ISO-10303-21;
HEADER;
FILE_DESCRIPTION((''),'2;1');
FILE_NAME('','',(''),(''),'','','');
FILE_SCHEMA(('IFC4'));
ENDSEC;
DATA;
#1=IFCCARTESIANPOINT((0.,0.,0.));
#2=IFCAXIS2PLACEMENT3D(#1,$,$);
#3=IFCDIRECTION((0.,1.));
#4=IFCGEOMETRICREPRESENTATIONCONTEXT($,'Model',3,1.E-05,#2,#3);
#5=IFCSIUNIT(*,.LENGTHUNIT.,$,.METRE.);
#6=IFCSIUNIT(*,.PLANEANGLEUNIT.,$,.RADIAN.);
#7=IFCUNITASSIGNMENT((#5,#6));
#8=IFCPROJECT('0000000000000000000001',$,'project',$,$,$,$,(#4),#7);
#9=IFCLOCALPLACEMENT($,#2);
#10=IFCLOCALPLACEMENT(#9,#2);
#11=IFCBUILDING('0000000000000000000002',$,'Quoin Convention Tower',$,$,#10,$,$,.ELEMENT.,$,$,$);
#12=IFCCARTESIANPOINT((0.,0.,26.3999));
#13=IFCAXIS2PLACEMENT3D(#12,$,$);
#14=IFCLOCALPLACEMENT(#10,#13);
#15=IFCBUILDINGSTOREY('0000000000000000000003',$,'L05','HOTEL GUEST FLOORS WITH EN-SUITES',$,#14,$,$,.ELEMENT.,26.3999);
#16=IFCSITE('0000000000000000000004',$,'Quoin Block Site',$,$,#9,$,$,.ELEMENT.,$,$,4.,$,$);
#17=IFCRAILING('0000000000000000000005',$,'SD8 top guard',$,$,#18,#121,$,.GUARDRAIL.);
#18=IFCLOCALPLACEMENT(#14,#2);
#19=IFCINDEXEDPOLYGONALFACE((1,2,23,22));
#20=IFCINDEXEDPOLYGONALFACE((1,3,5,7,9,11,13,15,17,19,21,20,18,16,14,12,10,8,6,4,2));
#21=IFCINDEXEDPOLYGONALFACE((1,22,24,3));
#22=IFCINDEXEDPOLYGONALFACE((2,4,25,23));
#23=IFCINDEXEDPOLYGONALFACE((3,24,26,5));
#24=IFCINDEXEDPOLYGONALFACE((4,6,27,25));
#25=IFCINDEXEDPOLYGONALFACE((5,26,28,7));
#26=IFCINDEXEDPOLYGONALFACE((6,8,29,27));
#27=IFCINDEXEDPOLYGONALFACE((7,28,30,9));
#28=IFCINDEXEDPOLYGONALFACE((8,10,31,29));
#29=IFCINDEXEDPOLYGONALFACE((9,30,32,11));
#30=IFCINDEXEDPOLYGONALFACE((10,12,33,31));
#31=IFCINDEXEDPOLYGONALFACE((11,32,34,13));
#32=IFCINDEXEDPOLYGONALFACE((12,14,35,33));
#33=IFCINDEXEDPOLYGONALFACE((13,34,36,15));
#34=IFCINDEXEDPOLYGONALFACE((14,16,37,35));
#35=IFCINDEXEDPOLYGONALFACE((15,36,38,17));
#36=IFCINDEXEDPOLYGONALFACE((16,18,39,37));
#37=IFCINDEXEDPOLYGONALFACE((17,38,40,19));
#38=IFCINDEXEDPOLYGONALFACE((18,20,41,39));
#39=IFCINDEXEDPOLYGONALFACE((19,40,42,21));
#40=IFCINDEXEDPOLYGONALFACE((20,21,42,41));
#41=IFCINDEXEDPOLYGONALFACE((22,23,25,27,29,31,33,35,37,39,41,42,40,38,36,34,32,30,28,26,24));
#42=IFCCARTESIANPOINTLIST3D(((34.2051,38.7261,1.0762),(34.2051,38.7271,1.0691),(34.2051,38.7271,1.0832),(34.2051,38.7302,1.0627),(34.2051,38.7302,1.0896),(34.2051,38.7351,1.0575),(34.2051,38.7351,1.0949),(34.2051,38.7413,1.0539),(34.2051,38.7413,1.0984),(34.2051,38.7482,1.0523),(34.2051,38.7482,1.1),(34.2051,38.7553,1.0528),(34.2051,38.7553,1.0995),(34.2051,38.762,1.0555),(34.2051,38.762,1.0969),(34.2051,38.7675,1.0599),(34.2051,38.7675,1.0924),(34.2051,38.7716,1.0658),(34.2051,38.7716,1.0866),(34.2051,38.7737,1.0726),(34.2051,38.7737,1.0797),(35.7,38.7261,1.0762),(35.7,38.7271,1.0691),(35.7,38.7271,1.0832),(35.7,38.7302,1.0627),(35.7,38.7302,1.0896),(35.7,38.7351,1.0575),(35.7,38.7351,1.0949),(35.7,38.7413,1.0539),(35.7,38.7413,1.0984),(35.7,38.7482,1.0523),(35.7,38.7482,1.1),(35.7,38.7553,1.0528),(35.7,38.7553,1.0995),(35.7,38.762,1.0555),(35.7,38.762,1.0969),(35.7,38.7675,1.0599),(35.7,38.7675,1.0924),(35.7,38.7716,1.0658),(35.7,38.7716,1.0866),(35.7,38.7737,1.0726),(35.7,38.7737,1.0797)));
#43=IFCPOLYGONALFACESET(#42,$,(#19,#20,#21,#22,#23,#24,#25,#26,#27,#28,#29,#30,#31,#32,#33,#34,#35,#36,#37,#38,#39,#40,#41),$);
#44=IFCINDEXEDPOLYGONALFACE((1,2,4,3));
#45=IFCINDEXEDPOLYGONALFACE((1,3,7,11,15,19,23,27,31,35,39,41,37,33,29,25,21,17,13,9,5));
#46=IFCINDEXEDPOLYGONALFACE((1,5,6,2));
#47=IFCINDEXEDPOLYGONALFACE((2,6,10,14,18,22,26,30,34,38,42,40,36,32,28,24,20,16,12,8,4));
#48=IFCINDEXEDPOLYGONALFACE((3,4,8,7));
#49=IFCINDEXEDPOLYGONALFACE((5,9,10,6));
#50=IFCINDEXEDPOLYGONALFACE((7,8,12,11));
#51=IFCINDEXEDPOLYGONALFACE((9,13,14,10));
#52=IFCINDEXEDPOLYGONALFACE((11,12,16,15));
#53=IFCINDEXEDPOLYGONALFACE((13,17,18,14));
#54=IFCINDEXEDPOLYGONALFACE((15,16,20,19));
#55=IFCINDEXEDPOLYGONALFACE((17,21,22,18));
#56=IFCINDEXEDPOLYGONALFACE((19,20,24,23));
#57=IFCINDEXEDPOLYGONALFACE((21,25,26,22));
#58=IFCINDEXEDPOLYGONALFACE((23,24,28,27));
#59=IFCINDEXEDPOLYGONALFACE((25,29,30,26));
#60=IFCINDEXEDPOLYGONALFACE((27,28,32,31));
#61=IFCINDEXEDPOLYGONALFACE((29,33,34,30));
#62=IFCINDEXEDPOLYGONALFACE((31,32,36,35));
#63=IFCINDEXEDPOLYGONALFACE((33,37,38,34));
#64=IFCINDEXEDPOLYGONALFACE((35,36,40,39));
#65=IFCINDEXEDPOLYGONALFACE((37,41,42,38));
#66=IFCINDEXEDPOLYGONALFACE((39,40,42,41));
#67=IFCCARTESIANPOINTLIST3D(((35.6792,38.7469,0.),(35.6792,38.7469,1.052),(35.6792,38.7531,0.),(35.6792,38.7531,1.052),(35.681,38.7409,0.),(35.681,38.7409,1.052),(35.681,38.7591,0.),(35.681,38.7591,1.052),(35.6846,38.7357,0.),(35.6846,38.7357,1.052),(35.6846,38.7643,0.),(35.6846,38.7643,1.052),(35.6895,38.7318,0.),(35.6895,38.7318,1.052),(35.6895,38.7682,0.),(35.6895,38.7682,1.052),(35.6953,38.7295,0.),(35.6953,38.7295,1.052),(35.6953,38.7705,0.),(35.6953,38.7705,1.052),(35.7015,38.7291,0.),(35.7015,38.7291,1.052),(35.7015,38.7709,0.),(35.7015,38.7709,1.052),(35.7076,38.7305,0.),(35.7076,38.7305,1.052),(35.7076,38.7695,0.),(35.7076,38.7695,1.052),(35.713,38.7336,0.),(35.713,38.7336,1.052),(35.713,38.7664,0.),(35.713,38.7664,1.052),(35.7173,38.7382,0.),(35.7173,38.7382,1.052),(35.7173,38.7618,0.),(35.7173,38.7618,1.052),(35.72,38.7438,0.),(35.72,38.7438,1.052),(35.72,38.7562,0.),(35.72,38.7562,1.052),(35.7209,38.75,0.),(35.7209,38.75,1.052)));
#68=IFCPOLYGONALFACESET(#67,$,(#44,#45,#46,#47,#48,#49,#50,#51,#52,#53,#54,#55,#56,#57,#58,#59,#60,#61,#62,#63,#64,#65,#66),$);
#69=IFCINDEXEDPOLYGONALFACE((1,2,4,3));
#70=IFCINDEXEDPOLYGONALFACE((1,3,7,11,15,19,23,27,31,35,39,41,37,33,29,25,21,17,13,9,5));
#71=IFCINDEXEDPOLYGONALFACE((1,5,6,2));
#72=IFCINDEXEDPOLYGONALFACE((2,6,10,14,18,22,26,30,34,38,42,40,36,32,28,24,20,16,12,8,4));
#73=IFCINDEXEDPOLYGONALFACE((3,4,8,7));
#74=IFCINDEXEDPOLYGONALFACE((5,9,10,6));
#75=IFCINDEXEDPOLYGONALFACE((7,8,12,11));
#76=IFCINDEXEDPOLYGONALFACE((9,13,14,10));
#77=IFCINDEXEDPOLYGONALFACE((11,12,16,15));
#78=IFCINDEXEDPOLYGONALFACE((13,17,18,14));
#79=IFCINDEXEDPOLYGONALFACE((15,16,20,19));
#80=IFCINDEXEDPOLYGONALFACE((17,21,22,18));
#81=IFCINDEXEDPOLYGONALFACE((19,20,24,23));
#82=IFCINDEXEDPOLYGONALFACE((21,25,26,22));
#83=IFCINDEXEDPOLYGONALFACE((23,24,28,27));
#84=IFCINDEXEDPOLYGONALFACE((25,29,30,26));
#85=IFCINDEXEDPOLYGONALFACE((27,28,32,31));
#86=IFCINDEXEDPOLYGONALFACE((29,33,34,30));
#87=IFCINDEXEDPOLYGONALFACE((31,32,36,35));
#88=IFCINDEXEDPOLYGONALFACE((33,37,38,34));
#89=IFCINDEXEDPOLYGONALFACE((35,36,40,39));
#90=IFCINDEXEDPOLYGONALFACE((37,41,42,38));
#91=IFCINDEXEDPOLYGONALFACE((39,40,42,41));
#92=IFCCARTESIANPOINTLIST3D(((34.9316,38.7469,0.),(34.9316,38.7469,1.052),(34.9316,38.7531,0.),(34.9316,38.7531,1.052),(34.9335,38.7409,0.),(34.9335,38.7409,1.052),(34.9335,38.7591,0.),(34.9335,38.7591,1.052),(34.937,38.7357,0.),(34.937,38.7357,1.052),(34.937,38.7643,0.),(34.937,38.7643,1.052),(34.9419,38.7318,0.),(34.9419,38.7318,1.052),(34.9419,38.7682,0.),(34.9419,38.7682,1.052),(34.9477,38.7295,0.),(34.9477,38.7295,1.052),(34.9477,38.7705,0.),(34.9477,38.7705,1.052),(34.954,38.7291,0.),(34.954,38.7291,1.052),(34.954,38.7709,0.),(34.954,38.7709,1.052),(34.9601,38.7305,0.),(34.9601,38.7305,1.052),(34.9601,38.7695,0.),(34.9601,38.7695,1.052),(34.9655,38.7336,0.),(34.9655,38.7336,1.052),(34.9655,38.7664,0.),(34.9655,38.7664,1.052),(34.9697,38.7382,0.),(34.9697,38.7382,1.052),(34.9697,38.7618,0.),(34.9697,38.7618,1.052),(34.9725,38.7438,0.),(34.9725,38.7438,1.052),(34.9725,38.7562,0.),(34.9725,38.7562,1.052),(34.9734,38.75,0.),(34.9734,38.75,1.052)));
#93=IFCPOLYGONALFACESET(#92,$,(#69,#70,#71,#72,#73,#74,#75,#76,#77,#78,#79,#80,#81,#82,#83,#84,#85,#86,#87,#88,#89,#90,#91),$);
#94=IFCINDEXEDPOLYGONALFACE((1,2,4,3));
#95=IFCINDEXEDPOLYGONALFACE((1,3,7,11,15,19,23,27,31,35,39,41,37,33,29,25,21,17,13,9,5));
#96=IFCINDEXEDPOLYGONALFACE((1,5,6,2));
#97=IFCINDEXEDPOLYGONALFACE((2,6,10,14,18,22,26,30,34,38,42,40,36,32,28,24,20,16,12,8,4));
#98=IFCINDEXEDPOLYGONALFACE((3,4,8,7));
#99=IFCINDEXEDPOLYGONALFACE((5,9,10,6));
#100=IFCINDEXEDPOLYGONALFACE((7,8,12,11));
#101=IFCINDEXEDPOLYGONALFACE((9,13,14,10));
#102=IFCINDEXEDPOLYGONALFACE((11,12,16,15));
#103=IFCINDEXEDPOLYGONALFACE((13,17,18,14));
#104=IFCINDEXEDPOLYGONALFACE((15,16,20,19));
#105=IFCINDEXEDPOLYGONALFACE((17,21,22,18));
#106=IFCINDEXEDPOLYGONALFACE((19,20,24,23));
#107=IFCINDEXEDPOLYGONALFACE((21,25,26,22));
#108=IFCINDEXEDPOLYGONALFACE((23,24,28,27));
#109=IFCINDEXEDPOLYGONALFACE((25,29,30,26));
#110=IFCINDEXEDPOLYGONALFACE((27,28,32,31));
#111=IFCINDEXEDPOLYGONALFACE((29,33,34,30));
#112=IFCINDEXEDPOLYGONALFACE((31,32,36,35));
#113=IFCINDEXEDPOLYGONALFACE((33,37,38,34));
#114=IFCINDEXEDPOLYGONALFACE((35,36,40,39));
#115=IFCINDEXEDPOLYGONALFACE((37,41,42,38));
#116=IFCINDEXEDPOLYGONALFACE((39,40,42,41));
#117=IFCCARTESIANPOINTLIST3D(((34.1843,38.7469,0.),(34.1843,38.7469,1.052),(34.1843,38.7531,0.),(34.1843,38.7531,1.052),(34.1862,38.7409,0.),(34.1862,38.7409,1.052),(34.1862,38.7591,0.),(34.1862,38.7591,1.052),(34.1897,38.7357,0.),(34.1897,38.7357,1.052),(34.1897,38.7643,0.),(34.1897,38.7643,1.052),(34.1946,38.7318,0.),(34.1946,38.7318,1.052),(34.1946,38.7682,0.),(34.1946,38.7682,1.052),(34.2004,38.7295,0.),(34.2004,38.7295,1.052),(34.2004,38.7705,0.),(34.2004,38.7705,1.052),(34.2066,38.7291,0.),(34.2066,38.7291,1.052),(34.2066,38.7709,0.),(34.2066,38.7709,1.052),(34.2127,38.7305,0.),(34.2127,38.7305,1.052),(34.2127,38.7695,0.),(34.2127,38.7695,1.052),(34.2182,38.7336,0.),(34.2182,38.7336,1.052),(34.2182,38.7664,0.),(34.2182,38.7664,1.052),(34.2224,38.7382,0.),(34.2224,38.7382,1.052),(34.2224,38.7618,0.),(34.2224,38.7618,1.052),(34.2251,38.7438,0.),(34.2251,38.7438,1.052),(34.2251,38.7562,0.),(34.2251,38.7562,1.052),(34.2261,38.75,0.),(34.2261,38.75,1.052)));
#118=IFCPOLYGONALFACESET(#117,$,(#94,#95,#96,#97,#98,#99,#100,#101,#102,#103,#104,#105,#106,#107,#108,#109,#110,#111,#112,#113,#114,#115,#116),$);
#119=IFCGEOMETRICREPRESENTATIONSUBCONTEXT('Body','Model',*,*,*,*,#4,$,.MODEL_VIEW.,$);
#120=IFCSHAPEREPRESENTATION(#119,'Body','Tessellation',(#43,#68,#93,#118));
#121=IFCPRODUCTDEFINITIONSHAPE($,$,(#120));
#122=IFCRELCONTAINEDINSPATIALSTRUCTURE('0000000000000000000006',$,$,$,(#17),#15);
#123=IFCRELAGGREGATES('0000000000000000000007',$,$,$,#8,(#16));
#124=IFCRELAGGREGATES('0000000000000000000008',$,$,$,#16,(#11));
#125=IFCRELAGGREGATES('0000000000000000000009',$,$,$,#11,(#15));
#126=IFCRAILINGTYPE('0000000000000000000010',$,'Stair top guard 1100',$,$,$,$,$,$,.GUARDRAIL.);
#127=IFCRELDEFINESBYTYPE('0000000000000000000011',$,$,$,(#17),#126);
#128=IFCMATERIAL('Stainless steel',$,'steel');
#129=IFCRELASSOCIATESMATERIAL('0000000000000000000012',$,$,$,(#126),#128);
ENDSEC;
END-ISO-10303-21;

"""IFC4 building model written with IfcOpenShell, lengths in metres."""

from ifc_helpers import new_model, si_unit, direction, frame, origin, origin_2d, place, context, subcontext, project, spatial, circle, extrude, material, type_object, element, save


model = new_model("IFC4")

# Units and contexts
model_context = context("Model", 3, precision=1e-05, world=origin(), true_north=direction((0.0, 1.0)))
body_context = subcontext(model_context, "Body", "Model", "MODEL_VIEW")
ifc_project = project(units=[si_unit("LENGTHUNIT", "METRE"), si_unit("PLANEANGLEUNIT", "RADIAN")], contexts=[model_context])

# Site, building, storey
site_placement = place(None, origin())
site = spatial("IfcSite", under=ifc_project, at=site_placement, Name="Quoin Block Site", CompositionType="ELEMENT", RefElevation=4.0)
building_placement = place(site_placement, origin())
building = spatial("IfcBuilding", under=site, at=building_placement, Name="Quoin Convention Tower", CompositionType="ELEMENT")
storey_placement = place(building_placement, frame((0.0, 0.0, 26.3999)))
storey = spatial("IfcBuildingStorey", under=building, at=storey_placement, Name="L05", Description="HOTEL GUEST FLOORS WITH EN-SUITES", CompositionType="ELEMENT", Elevation=26.3999)

# Railing
ifc_material_1 = material(Name="Stainless steel", Category="steel")
railing_type_1 = type_object("IfcRailingType", Name="Stair top guard 1100", PredefinedType="GUARDRAIL", material=ifc_material_1)
railing_1_placement = place(storey_placement, frame((35.7, 38.75, 0.0)))
element("IfcRailing", 1, at=railing_1_placement, inside=storey, type_object=railing_type_1, Name="SD8 top guard", PredefinedType="GUARDRAIL", context=body_context, shape_type="SweptSolid", body=[
    extrude(circle(Radius=0.0239, at=origin_2d()), frame((0.0, 0.0, 1.0762), z_axis=(-1.0, 0.0, 0.0), x_axis=(0.0, -1.0, 0.0)), (0.0, 0.0, 1.0), 1.4949),
    extrude(circle(Radius=0.021, at=origin_2d()), origin(), (0.0, 0.0, 1.0), 1.052),
    extrude(circle(Radius=0.021, at=origin_2d()), frame((-0.7476, 0.0, 0.0)), (0.0, 0.0, 1.0), 1.052),
    extrude(circle(Radius=0.021, at=origin_2d()), frame((-1.4949, 0.0, 0.0)), (0.0, 0.0, 1.0), 1.052),
])

save(model, "model.ifc")
